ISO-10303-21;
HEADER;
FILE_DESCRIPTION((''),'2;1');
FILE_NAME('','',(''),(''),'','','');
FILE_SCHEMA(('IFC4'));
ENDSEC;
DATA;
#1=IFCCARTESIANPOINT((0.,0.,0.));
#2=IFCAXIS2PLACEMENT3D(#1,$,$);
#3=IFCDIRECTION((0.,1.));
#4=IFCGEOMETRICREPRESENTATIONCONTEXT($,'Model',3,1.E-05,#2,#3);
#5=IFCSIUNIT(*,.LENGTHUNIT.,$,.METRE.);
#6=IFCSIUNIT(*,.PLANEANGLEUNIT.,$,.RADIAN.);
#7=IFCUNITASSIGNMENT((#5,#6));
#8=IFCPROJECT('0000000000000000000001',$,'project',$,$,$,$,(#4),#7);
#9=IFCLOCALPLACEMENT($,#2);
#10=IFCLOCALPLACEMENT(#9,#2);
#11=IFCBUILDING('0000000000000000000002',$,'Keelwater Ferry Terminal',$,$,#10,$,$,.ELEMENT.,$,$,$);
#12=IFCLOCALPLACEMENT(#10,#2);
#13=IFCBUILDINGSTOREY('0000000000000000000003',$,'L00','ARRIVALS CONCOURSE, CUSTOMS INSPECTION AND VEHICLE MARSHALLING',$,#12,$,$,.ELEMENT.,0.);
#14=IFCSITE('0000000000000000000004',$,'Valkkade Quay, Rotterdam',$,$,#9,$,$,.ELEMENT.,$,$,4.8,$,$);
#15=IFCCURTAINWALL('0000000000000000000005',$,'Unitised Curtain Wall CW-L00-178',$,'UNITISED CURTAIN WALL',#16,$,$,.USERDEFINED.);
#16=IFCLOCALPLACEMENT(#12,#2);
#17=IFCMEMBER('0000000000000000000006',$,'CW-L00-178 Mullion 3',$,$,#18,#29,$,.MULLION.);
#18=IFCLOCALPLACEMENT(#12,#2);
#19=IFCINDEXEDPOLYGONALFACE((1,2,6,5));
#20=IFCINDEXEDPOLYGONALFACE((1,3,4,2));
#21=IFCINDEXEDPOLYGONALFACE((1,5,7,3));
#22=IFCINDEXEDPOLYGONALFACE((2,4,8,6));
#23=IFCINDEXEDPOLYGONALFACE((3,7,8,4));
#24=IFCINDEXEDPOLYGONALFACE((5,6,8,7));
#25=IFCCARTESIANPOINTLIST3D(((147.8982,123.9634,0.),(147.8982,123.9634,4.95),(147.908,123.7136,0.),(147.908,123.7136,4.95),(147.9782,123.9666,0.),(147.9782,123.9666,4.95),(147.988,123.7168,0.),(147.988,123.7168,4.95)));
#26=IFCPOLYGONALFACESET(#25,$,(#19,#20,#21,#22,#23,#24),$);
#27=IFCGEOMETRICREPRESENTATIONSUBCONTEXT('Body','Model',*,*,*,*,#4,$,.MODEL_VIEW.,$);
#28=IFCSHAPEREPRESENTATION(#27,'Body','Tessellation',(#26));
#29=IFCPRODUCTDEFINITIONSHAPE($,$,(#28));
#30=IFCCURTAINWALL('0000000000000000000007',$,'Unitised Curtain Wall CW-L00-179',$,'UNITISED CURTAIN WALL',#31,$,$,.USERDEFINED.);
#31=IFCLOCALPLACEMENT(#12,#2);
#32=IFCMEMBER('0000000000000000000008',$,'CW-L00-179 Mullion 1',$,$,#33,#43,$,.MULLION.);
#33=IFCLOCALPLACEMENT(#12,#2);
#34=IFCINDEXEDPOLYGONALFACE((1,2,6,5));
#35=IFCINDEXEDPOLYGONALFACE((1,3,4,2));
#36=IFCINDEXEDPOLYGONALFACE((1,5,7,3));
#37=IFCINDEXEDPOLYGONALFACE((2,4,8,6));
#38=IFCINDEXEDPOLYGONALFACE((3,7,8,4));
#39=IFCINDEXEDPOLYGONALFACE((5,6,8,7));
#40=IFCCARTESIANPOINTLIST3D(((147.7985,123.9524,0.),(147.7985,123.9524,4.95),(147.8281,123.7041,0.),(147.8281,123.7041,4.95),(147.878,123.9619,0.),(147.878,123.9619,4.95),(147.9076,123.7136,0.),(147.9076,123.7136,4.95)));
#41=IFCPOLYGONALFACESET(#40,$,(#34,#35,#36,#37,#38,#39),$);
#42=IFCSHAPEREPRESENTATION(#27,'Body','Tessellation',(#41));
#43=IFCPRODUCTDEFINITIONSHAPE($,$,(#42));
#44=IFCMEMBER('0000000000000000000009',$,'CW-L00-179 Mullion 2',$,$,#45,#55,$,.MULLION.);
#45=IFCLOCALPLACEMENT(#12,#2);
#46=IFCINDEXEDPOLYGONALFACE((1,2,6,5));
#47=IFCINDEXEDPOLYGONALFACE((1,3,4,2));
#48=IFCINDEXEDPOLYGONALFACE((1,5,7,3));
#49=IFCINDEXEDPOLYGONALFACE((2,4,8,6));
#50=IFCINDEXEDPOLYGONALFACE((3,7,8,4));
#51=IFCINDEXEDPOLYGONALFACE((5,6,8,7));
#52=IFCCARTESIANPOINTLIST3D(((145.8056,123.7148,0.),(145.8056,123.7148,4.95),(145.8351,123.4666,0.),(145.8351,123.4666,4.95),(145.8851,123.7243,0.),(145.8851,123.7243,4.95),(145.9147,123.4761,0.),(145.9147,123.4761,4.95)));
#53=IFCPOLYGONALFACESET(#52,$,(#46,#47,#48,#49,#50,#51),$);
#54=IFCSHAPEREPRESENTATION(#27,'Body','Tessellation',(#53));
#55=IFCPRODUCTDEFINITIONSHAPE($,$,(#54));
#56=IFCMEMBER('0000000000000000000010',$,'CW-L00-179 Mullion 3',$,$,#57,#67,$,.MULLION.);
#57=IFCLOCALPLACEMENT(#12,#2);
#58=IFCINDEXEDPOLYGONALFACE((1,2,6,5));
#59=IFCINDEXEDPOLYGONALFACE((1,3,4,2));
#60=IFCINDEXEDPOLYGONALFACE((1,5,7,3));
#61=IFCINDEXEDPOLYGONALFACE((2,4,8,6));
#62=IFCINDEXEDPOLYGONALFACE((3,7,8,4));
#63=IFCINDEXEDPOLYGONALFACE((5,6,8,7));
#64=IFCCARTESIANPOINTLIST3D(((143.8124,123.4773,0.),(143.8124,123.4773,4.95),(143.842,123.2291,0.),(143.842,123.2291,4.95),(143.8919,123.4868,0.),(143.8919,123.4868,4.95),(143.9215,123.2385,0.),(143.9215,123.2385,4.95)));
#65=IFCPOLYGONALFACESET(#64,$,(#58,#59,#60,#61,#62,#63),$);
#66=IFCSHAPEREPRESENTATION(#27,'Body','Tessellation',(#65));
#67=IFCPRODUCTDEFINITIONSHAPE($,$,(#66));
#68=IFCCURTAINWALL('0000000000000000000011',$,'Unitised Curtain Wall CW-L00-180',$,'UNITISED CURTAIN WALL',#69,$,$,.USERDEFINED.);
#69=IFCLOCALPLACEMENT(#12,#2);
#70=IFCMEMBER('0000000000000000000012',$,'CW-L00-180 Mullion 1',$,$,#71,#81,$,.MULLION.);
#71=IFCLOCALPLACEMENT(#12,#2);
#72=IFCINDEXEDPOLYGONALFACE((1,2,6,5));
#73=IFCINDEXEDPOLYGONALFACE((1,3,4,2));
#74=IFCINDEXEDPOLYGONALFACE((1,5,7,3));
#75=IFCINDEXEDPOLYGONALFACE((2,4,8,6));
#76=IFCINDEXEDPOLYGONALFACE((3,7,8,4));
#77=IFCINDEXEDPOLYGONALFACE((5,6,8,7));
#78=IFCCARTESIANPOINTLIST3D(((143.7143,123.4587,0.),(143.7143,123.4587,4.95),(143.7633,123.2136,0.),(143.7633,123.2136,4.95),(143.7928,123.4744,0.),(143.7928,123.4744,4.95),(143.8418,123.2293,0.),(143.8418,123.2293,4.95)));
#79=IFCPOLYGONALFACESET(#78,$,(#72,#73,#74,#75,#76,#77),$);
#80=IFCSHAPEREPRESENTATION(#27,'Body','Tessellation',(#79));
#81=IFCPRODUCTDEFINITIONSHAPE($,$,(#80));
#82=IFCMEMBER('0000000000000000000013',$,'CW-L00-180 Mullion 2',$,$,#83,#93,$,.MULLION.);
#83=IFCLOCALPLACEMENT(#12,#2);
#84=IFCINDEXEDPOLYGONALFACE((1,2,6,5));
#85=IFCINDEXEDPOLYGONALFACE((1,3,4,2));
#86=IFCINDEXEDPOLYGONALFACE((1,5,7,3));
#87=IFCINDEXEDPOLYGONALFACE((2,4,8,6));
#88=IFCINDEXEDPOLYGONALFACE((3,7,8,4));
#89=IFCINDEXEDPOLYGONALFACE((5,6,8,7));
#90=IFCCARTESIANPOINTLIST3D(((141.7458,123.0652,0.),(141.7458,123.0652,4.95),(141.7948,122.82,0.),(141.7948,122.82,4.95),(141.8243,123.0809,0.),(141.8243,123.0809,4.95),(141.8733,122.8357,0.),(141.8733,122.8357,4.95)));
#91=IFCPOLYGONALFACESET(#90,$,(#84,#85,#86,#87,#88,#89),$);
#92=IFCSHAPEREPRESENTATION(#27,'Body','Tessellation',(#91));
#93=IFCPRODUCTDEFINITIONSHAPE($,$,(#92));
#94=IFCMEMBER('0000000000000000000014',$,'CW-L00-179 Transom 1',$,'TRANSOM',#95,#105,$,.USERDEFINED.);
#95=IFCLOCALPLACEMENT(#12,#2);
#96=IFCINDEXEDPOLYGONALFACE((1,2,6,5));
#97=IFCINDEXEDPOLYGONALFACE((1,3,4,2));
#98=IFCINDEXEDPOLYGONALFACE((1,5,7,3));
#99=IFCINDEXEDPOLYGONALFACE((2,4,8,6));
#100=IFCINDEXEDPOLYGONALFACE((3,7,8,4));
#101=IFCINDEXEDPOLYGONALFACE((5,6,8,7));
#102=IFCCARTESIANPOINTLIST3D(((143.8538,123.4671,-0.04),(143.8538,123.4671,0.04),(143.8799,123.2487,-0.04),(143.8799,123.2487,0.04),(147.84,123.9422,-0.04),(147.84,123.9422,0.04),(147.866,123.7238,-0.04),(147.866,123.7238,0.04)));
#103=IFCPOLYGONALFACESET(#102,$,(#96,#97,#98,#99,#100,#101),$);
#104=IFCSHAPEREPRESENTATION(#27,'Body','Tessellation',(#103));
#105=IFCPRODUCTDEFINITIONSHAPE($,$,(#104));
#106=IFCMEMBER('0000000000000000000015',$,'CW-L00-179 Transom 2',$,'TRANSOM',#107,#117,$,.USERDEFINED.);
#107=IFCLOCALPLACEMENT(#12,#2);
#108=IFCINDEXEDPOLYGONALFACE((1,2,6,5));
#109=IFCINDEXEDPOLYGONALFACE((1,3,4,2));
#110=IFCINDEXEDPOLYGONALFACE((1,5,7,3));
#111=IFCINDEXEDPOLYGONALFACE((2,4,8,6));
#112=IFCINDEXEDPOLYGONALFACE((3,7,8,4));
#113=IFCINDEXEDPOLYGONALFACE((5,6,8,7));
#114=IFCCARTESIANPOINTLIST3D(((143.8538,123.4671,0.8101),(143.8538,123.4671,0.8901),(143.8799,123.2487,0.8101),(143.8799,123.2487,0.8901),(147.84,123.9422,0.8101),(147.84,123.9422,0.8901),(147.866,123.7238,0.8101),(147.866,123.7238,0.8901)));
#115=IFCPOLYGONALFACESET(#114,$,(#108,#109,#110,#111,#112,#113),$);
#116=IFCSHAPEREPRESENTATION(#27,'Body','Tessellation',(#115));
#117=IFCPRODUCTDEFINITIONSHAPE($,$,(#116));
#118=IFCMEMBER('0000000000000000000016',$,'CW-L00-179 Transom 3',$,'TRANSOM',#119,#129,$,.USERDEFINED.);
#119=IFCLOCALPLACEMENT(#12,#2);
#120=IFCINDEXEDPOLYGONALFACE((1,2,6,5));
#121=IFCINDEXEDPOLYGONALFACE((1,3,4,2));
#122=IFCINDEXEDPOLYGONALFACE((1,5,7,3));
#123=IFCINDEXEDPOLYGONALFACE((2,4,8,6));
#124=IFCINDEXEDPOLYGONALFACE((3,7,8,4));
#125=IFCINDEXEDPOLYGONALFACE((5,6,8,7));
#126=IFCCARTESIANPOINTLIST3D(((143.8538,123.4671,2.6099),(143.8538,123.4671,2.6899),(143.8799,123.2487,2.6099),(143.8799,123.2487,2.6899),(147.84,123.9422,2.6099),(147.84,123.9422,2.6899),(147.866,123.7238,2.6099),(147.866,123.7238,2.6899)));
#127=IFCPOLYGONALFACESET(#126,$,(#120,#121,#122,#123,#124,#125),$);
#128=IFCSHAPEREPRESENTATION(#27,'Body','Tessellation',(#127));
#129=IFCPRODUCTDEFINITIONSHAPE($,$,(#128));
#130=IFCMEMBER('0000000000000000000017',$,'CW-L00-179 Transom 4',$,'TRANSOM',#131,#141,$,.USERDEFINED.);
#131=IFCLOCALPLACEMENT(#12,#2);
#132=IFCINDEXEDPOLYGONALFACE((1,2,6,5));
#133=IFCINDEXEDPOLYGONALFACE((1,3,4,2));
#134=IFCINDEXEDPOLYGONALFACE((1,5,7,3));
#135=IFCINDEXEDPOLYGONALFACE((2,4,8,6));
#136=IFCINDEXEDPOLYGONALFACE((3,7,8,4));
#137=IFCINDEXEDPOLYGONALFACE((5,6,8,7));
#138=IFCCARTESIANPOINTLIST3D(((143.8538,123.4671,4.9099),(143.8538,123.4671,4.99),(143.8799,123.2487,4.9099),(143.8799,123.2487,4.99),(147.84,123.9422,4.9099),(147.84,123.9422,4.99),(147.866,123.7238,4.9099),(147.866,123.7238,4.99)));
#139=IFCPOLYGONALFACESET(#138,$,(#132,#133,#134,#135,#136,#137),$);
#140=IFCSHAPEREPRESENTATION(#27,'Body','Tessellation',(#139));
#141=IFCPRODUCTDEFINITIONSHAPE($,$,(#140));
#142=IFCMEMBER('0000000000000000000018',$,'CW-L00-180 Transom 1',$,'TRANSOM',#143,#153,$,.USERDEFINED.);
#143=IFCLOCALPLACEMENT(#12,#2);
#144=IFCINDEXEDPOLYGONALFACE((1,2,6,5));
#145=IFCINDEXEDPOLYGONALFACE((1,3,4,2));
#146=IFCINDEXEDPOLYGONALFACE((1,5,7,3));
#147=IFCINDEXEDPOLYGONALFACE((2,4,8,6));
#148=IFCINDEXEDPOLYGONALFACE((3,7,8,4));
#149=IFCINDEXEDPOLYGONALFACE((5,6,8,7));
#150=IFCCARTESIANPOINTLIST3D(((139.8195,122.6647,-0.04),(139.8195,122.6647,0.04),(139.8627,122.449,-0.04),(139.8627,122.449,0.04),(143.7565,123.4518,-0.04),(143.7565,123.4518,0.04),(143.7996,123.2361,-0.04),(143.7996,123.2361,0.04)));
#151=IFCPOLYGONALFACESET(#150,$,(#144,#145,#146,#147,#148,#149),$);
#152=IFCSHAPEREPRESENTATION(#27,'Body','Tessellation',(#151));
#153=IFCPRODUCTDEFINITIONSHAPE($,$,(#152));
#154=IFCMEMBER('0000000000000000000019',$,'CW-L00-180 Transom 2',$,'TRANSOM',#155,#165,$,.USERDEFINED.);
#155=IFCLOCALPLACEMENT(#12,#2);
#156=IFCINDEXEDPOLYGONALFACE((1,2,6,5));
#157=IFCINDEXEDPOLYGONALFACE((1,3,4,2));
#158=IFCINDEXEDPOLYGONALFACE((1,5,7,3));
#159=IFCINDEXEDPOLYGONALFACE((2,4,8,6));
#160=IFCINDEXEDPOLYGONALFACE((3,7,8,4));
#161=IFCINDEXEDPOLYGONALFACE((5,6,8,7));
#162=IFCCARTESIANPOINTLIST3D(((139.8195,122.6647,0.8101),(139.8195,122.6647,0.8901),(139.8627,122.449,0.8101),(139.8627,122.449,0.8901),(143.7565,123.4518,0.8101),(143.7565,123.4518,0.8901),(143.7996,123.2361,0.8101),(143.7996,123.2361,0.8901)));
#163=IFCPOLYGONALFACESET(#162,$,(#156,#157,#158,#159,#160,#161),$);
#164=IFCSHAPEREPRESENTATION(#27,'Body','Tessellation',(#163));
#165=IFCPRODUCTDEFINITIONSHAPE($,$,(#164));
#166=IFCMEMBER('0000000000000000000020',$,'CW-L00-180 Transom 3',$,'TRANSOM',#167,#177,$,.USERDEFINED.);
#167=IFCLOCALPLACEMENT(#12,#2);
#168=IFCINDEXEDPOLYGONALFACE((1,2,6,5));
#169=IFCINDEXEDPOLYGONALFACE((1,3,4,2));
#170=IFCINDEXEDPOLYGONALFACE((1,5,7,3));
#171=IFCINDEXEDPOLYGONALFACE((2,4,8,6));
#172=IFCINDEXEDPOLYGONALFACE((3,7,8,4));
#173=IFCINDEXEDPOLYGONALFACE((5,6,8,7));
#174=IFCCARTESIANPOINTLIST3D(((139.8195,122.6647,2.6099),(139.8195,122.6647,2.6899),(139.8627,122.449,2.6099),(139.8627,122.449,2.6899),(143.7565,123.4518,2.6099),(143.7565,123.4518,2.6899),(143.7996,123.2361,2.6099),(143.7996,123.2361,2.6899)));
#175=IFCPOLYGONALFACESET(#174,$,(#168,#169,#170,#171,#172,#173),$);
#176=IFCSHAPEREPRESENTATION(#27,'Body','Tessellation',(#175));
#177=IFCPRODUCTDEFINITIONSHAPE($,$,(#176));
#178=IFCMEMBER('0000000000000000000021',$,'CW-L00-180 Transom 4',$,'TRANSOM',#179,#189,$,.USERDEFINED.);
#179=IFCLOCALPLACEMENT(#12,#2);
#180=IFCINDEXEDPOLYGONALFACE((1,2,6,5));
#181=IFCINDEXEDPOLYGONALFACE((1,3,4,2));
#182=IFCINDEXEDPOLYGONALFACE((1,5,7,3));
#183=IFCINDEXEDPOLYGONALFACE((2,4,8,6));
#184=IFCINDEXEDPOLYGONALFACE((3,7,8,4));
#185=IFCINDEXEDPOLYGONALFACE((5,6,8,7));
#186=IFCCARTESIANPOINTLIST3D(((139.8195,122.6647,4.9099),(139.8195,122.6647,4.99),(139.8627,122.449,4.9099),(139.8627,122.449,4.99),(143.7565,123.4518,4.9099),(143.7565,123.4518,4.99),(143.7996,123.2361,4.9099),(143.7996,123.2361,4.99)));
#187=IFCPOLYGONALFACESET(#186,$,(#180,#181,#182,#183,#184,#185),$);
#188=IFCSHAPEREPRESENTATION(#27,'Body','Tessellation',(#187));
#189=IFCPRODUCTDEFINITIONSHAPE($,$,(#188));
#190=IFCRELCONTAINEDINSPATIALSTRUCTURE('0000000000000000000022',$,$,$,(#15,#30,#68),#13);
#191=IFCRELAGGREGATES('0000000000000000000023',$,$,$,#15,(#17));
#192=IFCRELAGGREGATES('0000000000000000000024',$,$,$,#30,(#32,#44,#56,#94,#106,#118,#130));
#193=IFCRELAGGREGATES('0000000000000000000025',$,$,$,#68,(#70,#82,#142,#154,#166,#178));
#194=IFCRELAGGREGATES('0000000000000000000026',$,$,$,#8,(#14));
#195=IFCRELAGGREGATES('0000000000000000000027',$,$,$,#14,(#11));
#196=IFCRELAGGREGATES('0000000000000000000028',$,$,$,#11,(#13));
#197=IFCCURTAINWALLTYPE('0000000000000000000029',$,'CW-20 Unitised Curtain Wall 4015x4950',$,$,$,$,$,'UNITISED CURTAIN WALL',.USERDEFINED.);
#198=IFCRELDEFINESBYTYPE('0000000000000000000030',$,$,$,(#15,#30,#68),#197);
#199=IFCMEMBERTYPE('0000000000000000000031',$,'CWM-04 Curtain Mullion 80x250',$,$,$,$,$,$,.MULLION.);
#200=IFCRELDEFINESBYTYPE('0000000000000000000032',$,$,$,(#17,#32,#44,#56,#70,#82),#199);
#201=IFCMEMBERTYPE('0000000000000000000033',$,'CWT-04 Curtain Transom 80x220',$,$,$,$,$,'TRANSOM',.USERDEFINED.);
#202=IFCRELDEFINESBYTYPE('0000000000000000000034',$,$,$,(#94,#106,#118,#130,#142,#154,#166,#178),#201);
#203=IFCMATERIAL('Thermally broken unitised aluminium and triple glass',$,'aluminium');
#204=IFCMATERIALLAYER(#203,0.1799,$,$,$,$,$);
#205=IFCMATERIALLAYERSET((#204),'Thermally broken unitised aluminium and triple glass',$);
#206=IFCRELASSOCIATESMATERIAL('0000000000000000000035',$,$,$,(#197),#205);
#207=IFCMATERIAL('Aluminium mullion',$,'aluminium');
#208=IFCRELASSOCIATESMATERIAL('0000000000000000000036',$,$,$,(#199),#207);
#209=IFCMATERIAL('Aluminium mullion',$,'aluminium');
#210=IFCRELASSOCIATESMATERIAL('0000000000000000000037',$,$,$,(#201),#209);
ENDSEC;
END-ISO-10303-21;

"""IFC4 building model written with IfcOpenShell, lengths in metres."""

from ifc_helpers import new_model, si_unit, direction, frame, origin, origin_2d, place, context, subcontext, project, spatial, rectangle, extrude, material, layer, layer_set, material_profile, profile_set, type_object, element, aggregate, save


model = new_model("IFC4")

# Units and contexts
model_context = context("Model", 3, precision=1e-05, world=origin(), true_north=direction((0.0, 1.0)))
body_context = subcontext(model_context, "Body", "Model", "MODEL_VIEW")
ifc_project = project(units=[si_unit("LENGTHUNIT", "METRE"), si_unit("PLANEANGLEUNIT", "RADIAN")], contexts=[model_context])

# Site, building, storey
site_placement = place(None, origin())
site = spatial("IfcSite", under=ifc_project, at=site_placement, Name="Valkkade Quay, Rotterdam", CompositionType="ELEMENT", RefElevation=4.8)
building_placement = place(site_placement, origin())
building = spatial("IfcBuilding", under=site, at=building_placement, Name="Keelwater Ferry Terminal", CompositionType="ELEMENT")
storey_placement = place(building_placement, origin())
storey = spatial("IfcBuildingStorey", under=building, at=storey_placement, Name="L00", Description="ARRIVALS CONCOURSE, CUSTOMS INSPECTION AND VEHICLE MARSHALLING", CompositionType="ELEMENT", Elevation=0.0)

# Curtain wall, member
ifc_material_1 = material(Name="Thermally broken unitised aluminium and triple glass", Category="aluminium")
ifc_layer_1 = layer(ifc_material_1, 0.1799)
ifc_layer_set_1 = layer_set([ifc_layer_1], Name="Thermally broken unitised aluminium and triple glass")
curtain_wall_type = type_object("IfcCurtainWallType", Name="CW-20 Unitised Curtain Wall 4015x4950", ElementType="UNITISED CURTAIN WALL", PredefinedType="USERDEFINED", material=ifc_layer_set_1)
curtain_wall_1_placement = place(storey_placement, origin())
curtain_wall_1 = element("IfcCurtainWall", 1, at=curtain_wall_1_placement, inside=storey, type_object=curtain_wall_type, Name="Unitised Curtain Wall CW-L00-178", ObjectType="UNITISED CURTAIN WALL", PredefinedType="USERDEFINED")
ifc_material_2 = material(Name="Aluminium mullion", Category="aluminium")
ifc_material_profile_1 = material_profile(ifc_material_2, rectangle(XDim=0.0801, YDim=0.25, at=origin_2d()), Name="CWM-04")
ifc_profile_set_1 = profile_set([ifc_material_profile_1], Name="Aluminium mullion")
member_type_1 = type_object("IfcMemberType", Name="CWM-04 Curtain Mullion 80x250", PredefinedType="MULLION", material=ifc_profile_set_1)
member_1_placement = place(storey_placement, frame((147.9431, 123.8401, 0.0), z_axis=(0.0, 0.0, 1.0), x_axis=(-0.999225, -0.039351, 0.0)))
member_1 = element("IfcMember", 2, at=member_1_placement, type_object=member_type_1, Name="CW-L00-178 Mullion 3", PredefinedType="MULLION", context=body_context, shape_type="SweptSolid", body=[
    extrude(rectangle(XDim=0.0801, YDim=0.25, at=origin_2d()), origin(), (0.0, 0.0, 1.0), 4.95),
])
aggregate(curtain_wall_1, [member_1])

# Curtain walls, members
curtain_wall_2_placement = place(storey_placement, origin())
curtain_wall_2 = element("IfcCurtainWall", 3, at=curtain_wall_2_placement, inside=storey, type_object=curtain_wall_type, Name="Unitised Curtain Wall CW-L00-179", ObjectType="UNITISED CURTAIN WALL", PredefinedType="USERDEFINED")
member_2_placement = place(storey_placement, frame((147.853, 123.833, 0.0), z_axis=(0.0, 0.0, 1.0), x_axis=(-0.992974, -0.11833, 0.0)))
member_2 = element("IfcMember", 4, at=member_2_placement, type_object=member_type_1, Name="CW-L00-179 Mullion 1", PredefinedType="MULLION", context=body_context, shape_type="SweptSolid", body=[
    extrude(rectangle(XDim=0.0801, YDim=0.25, at=origin_2d()), origin(), (0.0, 0.0, 1.0), 4.95),
])
member_3_placement = place(storey_placement, frame((145.8601, 123.5955, 0.0), z_axis=(0.0, 0.0, 1.0), x_axis=(-0.992974, -0.11833, 0.0)))
member_3 = element("IfcMember", 5, at=member_3_placement, type_object=member_type_1, Name="CW-L00-179 Mullion 2", PredefinedType="MULLION", context=body_context, shape_type="SweptSolid", body=[
    extrude(rectangle(XDim=0.0801, YDim=0.25, at=origin_2d()), origin(), (0.0, 0.0, 1.0), 4.95),
])
member_4_placement = place(storey_placement, frame((143.8669, 123.3579, 0.0), z_axis=(0.0, 0.0, 1.0), x_axis=(-0.992974, -0.11833, 0.0)))
member_4 = element("IfcMember", 6, at=member_4_placement, type_object=member_type_1, Name="CW-L00-179 Mullion 3", PredefinedType="MULLION", context=body_context, shape_type="SweptSolid", body=[
    extrude(rectangle(XDim=0.0801, YDim=0.25, at=origin_2d()), origin(), (0.0, 0.0, 1.0), 4.95),
])
curtain_wall_3_placement = place(storey_placement, origin())
curtain_wall_3 = element("IfcCurtainWall", 7, at=curtain_wall_3_placement, inside=storey, type_object=curtain_wall_type, Name="Unitised Curtain Wall CW-L00-180", ObjectType="UNITISED CURTAIN WALL", PredefinedType="USERDEFINED")
member_5_placement = place(storey_placement, frame((143.7781, 123.344, 0.0), z_axis=(0.0, 0.0, 1.0), x_axis=(-0.9806, -0.19602, 0.0)))
member_5 = element("IfcMember", 8, at=member_5_placement, type_object=member_type_1, Name="CW-L00-180 Mullion 1", PredefinedType="MULLION", context=body_context, shape_type="SweptSolid", body=[
    extrude(rectangle(XDim=0.0801, YDim=0.25, at=origin_2d()), origin(), (0.0, 0.0, 1.0), 4.95),
])
member_6_placement = place(storey_placement, frame((141.8096, 122.9504, 0.0), z_axis=(0.0, 0.0, 1.0), x_axis=(-0.9806, -0.19602, 0.0)))
member_6 = element("IfcMember", 9, at=member_6_placement, type_object=member_type_1, Name="CW-L00-180 Mullion 2", PredefinedType="MULLION", context=body_context, shape_type="SweptSolid", body=[
    extrude(rectangle(XDim=0.0801, YDim=0.25, at=origin_2d()), origin(), (0.0, 0.0, 1.0), 4.95),
])

# Members
ifc_material_3 = material(Name="Aluminium mullion", Category="aluminium")
ifc_material_profile_2 = material_profile(ifc_material_3, rectangle(XDim=0.22, YDim=0.0801, at=origin_2d()), Name="CWT-04")
ifc_profile_set_2 = profile_set([ifc_material_profile_2], Name="Aluminium mullion")
member_type_2 = type_object("IfcMemberType", Name="CWT-04 Curtain Transom 80x220", ElementType="TRANSOM", PredefinedType="USERDEFINED", material=ifc_profile_set_2)
member_7_placement = place(storey_placement, frame((147.853, 123.833, 0.0), z_axis=(-0.992972, -0.118351, 0.0), x_axis=(0.118351, -0.992972, 0.0)))
member_7 = element("IfcMember", 10, at=member_7_placement, type_object=member_type_2, Name="CW-L00-179 Transom 1", ObjectType="TRANSOM", PredefinedType="USERDEFINED", context=body_context, shape_type="SweptSolid", body=[
    extrude(rectangle(XDim=0.22, YDim=0.0801, at=origin_2d()), origin(), (0.0, 0.0, 1.0), 4.0144),
])
member_8_placement = place(storey_placement, frame((147.853, 123.833, 0.8501), z_axis=(-0.992972, -0.118351, 0.0), x_axis=(0.118351, -0.992972, 0.0)))
member_8 = element("IfcMember", 11, at=member_8_placement, type_object=member_type_2, Name="CW-L00-179 Transom 2", ObjectType="TRANSOM", PredefinedType="USERDEFINED", context=body_context, shape_type="SweptSolid", body=[
    extrude(rectangle(XDim=0.22, YDim=0.0801, at=origin_2d()), origin(), (0.0, 0.0, 1.0), 4.0144),
])
member_9_placement = place(storey_placement, frame((147.853, 123.833, 2.6499), z_axis=(-0.992972, -0.118351, 0.0), x_axis=(0.118351, -0.992972, 0.0)))
member_9 = element("IfcMember", 12, at=member_9_placement, type_object=member_type_2, Name="CW-L00-179 Transom 3", ObjectType="TRANSOM", PredefinedType="USERDEFINED", context=body_context, shape_type="SweptSolid", body=[
    extrude(rectangle(XDim=0.22, YDim=0.0801, at=origin_2d()), origin(), (0.0, 0.0, 1.0), 4.0144),
])
member_10_placement = place(storey_placement, frame((147.853, 123.833, 4.95), z_axis=(-0.992972, -0.118351, 0.0), x_axis=(0.118351, -0.992972, 0.0)))
member_10 = element("IfcMember", 13, at=member_10_placement, type_object=member_type_2, Name="CW-L00-179 Transom 4", ObjectType="TRANSOM", PredefinedType="USERDEFINED", context=body_context, shape_type="SweptSolid", body=[
    extrude(rectangle(XDim=0.22, YDim=0.0801, at=origin_2d()), origin(), (0.0, 0.0, 1.0), 4.0144),
])
member_11_placement = place(storey_placement, frame((143.7781, 123.344, 0.0), z_axis=(-0.980595, -0.196046, 0.0), x_axis=(0.196046, -0.980595, 0.0)))
member_11 = element("IfcMember", 14, at=member_11_placement, type_object=member_type_2, Name="CW-L00-180 Transom 1", ObjectType="TRANSOM", PredefinedType="USERDEFINED", context=body_context, shape_type="SweptSolid", body=[
    extrude(rectangle(XDim=0.22, YDim=0.0801, at=origin_2d()), origin(), (0.0, 0.0, 1.0), 4.0149),
])
member_12_placement = place(storey_placement, frame((143.7781, 123.344, 0.8501), z_axis=(-0.980595, -0.196046, 0.0), x_axis=(0.196046, -0.980595, 0.0)))
member_12 = element("IfcMember", 15, at=member_12_placement, type_object=member_type_2, Name="CW-L00-180 Transom 2", ObjectType="TRANSOM", PredefinedType="USERDEFINED", context=body_context, shape_type="SweptSolid", body=[
    extrude(rectangle(XDim=0.22, YDim=0.0801, at=origin_2d()), origin(), (0.0, 0.0, 1.0), 4.0149),
])
member_13_placement = place(storey_placement, frame((143.7781, 123.344, 2.6499), z_axis=(-0.980595, -0.196046, 0.0), x_axis=(0.196046, -0.980595, 0.0)))
member_13 = element("IfcMember", 16, at=member_13_placement, type_object=member_type_2, Name="CW-L00-180 Transom 3", ObjectType="TRANSOM", PredefinedType="USERDEFINED", context=body_context, shape_type="SweptSolid", body=[
    extrude(rectangle(XDim=0.22, YDim=0.0801, at=origin_2d()), origin(), (0.0, 0.0, 1.0), 4.0149),
])
member_14_placement = place(storey_placement, frame((143.7781, 123.344, 4.95), z_axis=(-0.980595, -0.196046, 0.0), x_axis=(0.196046, -0.980595, 0.0)))
member_14 = element("IfcMember", 17, at=member_14_placement, type_object=member_type_2, Name="CW-L00-180 Transom 4", ObjectType="TRANSOM", PredefinedType="USERDEFINED", context=body_context, shape_type="SweptSolid", body=[
    extrude(rectangle(XDim=0.22, YDim=0.0801, at=origin_2d()), origin(), (0.0, 0.0, 1.0), 4.0149),
])

aggregate(curtain_wall_2, [member_2, member_3, member_4, member_7, member_8, member_9, member_10])
aggregate(curtain_wall_3, [member_5, member_6, member_11, member_12, member_13, member_14])

save(model, "model.ifc")
